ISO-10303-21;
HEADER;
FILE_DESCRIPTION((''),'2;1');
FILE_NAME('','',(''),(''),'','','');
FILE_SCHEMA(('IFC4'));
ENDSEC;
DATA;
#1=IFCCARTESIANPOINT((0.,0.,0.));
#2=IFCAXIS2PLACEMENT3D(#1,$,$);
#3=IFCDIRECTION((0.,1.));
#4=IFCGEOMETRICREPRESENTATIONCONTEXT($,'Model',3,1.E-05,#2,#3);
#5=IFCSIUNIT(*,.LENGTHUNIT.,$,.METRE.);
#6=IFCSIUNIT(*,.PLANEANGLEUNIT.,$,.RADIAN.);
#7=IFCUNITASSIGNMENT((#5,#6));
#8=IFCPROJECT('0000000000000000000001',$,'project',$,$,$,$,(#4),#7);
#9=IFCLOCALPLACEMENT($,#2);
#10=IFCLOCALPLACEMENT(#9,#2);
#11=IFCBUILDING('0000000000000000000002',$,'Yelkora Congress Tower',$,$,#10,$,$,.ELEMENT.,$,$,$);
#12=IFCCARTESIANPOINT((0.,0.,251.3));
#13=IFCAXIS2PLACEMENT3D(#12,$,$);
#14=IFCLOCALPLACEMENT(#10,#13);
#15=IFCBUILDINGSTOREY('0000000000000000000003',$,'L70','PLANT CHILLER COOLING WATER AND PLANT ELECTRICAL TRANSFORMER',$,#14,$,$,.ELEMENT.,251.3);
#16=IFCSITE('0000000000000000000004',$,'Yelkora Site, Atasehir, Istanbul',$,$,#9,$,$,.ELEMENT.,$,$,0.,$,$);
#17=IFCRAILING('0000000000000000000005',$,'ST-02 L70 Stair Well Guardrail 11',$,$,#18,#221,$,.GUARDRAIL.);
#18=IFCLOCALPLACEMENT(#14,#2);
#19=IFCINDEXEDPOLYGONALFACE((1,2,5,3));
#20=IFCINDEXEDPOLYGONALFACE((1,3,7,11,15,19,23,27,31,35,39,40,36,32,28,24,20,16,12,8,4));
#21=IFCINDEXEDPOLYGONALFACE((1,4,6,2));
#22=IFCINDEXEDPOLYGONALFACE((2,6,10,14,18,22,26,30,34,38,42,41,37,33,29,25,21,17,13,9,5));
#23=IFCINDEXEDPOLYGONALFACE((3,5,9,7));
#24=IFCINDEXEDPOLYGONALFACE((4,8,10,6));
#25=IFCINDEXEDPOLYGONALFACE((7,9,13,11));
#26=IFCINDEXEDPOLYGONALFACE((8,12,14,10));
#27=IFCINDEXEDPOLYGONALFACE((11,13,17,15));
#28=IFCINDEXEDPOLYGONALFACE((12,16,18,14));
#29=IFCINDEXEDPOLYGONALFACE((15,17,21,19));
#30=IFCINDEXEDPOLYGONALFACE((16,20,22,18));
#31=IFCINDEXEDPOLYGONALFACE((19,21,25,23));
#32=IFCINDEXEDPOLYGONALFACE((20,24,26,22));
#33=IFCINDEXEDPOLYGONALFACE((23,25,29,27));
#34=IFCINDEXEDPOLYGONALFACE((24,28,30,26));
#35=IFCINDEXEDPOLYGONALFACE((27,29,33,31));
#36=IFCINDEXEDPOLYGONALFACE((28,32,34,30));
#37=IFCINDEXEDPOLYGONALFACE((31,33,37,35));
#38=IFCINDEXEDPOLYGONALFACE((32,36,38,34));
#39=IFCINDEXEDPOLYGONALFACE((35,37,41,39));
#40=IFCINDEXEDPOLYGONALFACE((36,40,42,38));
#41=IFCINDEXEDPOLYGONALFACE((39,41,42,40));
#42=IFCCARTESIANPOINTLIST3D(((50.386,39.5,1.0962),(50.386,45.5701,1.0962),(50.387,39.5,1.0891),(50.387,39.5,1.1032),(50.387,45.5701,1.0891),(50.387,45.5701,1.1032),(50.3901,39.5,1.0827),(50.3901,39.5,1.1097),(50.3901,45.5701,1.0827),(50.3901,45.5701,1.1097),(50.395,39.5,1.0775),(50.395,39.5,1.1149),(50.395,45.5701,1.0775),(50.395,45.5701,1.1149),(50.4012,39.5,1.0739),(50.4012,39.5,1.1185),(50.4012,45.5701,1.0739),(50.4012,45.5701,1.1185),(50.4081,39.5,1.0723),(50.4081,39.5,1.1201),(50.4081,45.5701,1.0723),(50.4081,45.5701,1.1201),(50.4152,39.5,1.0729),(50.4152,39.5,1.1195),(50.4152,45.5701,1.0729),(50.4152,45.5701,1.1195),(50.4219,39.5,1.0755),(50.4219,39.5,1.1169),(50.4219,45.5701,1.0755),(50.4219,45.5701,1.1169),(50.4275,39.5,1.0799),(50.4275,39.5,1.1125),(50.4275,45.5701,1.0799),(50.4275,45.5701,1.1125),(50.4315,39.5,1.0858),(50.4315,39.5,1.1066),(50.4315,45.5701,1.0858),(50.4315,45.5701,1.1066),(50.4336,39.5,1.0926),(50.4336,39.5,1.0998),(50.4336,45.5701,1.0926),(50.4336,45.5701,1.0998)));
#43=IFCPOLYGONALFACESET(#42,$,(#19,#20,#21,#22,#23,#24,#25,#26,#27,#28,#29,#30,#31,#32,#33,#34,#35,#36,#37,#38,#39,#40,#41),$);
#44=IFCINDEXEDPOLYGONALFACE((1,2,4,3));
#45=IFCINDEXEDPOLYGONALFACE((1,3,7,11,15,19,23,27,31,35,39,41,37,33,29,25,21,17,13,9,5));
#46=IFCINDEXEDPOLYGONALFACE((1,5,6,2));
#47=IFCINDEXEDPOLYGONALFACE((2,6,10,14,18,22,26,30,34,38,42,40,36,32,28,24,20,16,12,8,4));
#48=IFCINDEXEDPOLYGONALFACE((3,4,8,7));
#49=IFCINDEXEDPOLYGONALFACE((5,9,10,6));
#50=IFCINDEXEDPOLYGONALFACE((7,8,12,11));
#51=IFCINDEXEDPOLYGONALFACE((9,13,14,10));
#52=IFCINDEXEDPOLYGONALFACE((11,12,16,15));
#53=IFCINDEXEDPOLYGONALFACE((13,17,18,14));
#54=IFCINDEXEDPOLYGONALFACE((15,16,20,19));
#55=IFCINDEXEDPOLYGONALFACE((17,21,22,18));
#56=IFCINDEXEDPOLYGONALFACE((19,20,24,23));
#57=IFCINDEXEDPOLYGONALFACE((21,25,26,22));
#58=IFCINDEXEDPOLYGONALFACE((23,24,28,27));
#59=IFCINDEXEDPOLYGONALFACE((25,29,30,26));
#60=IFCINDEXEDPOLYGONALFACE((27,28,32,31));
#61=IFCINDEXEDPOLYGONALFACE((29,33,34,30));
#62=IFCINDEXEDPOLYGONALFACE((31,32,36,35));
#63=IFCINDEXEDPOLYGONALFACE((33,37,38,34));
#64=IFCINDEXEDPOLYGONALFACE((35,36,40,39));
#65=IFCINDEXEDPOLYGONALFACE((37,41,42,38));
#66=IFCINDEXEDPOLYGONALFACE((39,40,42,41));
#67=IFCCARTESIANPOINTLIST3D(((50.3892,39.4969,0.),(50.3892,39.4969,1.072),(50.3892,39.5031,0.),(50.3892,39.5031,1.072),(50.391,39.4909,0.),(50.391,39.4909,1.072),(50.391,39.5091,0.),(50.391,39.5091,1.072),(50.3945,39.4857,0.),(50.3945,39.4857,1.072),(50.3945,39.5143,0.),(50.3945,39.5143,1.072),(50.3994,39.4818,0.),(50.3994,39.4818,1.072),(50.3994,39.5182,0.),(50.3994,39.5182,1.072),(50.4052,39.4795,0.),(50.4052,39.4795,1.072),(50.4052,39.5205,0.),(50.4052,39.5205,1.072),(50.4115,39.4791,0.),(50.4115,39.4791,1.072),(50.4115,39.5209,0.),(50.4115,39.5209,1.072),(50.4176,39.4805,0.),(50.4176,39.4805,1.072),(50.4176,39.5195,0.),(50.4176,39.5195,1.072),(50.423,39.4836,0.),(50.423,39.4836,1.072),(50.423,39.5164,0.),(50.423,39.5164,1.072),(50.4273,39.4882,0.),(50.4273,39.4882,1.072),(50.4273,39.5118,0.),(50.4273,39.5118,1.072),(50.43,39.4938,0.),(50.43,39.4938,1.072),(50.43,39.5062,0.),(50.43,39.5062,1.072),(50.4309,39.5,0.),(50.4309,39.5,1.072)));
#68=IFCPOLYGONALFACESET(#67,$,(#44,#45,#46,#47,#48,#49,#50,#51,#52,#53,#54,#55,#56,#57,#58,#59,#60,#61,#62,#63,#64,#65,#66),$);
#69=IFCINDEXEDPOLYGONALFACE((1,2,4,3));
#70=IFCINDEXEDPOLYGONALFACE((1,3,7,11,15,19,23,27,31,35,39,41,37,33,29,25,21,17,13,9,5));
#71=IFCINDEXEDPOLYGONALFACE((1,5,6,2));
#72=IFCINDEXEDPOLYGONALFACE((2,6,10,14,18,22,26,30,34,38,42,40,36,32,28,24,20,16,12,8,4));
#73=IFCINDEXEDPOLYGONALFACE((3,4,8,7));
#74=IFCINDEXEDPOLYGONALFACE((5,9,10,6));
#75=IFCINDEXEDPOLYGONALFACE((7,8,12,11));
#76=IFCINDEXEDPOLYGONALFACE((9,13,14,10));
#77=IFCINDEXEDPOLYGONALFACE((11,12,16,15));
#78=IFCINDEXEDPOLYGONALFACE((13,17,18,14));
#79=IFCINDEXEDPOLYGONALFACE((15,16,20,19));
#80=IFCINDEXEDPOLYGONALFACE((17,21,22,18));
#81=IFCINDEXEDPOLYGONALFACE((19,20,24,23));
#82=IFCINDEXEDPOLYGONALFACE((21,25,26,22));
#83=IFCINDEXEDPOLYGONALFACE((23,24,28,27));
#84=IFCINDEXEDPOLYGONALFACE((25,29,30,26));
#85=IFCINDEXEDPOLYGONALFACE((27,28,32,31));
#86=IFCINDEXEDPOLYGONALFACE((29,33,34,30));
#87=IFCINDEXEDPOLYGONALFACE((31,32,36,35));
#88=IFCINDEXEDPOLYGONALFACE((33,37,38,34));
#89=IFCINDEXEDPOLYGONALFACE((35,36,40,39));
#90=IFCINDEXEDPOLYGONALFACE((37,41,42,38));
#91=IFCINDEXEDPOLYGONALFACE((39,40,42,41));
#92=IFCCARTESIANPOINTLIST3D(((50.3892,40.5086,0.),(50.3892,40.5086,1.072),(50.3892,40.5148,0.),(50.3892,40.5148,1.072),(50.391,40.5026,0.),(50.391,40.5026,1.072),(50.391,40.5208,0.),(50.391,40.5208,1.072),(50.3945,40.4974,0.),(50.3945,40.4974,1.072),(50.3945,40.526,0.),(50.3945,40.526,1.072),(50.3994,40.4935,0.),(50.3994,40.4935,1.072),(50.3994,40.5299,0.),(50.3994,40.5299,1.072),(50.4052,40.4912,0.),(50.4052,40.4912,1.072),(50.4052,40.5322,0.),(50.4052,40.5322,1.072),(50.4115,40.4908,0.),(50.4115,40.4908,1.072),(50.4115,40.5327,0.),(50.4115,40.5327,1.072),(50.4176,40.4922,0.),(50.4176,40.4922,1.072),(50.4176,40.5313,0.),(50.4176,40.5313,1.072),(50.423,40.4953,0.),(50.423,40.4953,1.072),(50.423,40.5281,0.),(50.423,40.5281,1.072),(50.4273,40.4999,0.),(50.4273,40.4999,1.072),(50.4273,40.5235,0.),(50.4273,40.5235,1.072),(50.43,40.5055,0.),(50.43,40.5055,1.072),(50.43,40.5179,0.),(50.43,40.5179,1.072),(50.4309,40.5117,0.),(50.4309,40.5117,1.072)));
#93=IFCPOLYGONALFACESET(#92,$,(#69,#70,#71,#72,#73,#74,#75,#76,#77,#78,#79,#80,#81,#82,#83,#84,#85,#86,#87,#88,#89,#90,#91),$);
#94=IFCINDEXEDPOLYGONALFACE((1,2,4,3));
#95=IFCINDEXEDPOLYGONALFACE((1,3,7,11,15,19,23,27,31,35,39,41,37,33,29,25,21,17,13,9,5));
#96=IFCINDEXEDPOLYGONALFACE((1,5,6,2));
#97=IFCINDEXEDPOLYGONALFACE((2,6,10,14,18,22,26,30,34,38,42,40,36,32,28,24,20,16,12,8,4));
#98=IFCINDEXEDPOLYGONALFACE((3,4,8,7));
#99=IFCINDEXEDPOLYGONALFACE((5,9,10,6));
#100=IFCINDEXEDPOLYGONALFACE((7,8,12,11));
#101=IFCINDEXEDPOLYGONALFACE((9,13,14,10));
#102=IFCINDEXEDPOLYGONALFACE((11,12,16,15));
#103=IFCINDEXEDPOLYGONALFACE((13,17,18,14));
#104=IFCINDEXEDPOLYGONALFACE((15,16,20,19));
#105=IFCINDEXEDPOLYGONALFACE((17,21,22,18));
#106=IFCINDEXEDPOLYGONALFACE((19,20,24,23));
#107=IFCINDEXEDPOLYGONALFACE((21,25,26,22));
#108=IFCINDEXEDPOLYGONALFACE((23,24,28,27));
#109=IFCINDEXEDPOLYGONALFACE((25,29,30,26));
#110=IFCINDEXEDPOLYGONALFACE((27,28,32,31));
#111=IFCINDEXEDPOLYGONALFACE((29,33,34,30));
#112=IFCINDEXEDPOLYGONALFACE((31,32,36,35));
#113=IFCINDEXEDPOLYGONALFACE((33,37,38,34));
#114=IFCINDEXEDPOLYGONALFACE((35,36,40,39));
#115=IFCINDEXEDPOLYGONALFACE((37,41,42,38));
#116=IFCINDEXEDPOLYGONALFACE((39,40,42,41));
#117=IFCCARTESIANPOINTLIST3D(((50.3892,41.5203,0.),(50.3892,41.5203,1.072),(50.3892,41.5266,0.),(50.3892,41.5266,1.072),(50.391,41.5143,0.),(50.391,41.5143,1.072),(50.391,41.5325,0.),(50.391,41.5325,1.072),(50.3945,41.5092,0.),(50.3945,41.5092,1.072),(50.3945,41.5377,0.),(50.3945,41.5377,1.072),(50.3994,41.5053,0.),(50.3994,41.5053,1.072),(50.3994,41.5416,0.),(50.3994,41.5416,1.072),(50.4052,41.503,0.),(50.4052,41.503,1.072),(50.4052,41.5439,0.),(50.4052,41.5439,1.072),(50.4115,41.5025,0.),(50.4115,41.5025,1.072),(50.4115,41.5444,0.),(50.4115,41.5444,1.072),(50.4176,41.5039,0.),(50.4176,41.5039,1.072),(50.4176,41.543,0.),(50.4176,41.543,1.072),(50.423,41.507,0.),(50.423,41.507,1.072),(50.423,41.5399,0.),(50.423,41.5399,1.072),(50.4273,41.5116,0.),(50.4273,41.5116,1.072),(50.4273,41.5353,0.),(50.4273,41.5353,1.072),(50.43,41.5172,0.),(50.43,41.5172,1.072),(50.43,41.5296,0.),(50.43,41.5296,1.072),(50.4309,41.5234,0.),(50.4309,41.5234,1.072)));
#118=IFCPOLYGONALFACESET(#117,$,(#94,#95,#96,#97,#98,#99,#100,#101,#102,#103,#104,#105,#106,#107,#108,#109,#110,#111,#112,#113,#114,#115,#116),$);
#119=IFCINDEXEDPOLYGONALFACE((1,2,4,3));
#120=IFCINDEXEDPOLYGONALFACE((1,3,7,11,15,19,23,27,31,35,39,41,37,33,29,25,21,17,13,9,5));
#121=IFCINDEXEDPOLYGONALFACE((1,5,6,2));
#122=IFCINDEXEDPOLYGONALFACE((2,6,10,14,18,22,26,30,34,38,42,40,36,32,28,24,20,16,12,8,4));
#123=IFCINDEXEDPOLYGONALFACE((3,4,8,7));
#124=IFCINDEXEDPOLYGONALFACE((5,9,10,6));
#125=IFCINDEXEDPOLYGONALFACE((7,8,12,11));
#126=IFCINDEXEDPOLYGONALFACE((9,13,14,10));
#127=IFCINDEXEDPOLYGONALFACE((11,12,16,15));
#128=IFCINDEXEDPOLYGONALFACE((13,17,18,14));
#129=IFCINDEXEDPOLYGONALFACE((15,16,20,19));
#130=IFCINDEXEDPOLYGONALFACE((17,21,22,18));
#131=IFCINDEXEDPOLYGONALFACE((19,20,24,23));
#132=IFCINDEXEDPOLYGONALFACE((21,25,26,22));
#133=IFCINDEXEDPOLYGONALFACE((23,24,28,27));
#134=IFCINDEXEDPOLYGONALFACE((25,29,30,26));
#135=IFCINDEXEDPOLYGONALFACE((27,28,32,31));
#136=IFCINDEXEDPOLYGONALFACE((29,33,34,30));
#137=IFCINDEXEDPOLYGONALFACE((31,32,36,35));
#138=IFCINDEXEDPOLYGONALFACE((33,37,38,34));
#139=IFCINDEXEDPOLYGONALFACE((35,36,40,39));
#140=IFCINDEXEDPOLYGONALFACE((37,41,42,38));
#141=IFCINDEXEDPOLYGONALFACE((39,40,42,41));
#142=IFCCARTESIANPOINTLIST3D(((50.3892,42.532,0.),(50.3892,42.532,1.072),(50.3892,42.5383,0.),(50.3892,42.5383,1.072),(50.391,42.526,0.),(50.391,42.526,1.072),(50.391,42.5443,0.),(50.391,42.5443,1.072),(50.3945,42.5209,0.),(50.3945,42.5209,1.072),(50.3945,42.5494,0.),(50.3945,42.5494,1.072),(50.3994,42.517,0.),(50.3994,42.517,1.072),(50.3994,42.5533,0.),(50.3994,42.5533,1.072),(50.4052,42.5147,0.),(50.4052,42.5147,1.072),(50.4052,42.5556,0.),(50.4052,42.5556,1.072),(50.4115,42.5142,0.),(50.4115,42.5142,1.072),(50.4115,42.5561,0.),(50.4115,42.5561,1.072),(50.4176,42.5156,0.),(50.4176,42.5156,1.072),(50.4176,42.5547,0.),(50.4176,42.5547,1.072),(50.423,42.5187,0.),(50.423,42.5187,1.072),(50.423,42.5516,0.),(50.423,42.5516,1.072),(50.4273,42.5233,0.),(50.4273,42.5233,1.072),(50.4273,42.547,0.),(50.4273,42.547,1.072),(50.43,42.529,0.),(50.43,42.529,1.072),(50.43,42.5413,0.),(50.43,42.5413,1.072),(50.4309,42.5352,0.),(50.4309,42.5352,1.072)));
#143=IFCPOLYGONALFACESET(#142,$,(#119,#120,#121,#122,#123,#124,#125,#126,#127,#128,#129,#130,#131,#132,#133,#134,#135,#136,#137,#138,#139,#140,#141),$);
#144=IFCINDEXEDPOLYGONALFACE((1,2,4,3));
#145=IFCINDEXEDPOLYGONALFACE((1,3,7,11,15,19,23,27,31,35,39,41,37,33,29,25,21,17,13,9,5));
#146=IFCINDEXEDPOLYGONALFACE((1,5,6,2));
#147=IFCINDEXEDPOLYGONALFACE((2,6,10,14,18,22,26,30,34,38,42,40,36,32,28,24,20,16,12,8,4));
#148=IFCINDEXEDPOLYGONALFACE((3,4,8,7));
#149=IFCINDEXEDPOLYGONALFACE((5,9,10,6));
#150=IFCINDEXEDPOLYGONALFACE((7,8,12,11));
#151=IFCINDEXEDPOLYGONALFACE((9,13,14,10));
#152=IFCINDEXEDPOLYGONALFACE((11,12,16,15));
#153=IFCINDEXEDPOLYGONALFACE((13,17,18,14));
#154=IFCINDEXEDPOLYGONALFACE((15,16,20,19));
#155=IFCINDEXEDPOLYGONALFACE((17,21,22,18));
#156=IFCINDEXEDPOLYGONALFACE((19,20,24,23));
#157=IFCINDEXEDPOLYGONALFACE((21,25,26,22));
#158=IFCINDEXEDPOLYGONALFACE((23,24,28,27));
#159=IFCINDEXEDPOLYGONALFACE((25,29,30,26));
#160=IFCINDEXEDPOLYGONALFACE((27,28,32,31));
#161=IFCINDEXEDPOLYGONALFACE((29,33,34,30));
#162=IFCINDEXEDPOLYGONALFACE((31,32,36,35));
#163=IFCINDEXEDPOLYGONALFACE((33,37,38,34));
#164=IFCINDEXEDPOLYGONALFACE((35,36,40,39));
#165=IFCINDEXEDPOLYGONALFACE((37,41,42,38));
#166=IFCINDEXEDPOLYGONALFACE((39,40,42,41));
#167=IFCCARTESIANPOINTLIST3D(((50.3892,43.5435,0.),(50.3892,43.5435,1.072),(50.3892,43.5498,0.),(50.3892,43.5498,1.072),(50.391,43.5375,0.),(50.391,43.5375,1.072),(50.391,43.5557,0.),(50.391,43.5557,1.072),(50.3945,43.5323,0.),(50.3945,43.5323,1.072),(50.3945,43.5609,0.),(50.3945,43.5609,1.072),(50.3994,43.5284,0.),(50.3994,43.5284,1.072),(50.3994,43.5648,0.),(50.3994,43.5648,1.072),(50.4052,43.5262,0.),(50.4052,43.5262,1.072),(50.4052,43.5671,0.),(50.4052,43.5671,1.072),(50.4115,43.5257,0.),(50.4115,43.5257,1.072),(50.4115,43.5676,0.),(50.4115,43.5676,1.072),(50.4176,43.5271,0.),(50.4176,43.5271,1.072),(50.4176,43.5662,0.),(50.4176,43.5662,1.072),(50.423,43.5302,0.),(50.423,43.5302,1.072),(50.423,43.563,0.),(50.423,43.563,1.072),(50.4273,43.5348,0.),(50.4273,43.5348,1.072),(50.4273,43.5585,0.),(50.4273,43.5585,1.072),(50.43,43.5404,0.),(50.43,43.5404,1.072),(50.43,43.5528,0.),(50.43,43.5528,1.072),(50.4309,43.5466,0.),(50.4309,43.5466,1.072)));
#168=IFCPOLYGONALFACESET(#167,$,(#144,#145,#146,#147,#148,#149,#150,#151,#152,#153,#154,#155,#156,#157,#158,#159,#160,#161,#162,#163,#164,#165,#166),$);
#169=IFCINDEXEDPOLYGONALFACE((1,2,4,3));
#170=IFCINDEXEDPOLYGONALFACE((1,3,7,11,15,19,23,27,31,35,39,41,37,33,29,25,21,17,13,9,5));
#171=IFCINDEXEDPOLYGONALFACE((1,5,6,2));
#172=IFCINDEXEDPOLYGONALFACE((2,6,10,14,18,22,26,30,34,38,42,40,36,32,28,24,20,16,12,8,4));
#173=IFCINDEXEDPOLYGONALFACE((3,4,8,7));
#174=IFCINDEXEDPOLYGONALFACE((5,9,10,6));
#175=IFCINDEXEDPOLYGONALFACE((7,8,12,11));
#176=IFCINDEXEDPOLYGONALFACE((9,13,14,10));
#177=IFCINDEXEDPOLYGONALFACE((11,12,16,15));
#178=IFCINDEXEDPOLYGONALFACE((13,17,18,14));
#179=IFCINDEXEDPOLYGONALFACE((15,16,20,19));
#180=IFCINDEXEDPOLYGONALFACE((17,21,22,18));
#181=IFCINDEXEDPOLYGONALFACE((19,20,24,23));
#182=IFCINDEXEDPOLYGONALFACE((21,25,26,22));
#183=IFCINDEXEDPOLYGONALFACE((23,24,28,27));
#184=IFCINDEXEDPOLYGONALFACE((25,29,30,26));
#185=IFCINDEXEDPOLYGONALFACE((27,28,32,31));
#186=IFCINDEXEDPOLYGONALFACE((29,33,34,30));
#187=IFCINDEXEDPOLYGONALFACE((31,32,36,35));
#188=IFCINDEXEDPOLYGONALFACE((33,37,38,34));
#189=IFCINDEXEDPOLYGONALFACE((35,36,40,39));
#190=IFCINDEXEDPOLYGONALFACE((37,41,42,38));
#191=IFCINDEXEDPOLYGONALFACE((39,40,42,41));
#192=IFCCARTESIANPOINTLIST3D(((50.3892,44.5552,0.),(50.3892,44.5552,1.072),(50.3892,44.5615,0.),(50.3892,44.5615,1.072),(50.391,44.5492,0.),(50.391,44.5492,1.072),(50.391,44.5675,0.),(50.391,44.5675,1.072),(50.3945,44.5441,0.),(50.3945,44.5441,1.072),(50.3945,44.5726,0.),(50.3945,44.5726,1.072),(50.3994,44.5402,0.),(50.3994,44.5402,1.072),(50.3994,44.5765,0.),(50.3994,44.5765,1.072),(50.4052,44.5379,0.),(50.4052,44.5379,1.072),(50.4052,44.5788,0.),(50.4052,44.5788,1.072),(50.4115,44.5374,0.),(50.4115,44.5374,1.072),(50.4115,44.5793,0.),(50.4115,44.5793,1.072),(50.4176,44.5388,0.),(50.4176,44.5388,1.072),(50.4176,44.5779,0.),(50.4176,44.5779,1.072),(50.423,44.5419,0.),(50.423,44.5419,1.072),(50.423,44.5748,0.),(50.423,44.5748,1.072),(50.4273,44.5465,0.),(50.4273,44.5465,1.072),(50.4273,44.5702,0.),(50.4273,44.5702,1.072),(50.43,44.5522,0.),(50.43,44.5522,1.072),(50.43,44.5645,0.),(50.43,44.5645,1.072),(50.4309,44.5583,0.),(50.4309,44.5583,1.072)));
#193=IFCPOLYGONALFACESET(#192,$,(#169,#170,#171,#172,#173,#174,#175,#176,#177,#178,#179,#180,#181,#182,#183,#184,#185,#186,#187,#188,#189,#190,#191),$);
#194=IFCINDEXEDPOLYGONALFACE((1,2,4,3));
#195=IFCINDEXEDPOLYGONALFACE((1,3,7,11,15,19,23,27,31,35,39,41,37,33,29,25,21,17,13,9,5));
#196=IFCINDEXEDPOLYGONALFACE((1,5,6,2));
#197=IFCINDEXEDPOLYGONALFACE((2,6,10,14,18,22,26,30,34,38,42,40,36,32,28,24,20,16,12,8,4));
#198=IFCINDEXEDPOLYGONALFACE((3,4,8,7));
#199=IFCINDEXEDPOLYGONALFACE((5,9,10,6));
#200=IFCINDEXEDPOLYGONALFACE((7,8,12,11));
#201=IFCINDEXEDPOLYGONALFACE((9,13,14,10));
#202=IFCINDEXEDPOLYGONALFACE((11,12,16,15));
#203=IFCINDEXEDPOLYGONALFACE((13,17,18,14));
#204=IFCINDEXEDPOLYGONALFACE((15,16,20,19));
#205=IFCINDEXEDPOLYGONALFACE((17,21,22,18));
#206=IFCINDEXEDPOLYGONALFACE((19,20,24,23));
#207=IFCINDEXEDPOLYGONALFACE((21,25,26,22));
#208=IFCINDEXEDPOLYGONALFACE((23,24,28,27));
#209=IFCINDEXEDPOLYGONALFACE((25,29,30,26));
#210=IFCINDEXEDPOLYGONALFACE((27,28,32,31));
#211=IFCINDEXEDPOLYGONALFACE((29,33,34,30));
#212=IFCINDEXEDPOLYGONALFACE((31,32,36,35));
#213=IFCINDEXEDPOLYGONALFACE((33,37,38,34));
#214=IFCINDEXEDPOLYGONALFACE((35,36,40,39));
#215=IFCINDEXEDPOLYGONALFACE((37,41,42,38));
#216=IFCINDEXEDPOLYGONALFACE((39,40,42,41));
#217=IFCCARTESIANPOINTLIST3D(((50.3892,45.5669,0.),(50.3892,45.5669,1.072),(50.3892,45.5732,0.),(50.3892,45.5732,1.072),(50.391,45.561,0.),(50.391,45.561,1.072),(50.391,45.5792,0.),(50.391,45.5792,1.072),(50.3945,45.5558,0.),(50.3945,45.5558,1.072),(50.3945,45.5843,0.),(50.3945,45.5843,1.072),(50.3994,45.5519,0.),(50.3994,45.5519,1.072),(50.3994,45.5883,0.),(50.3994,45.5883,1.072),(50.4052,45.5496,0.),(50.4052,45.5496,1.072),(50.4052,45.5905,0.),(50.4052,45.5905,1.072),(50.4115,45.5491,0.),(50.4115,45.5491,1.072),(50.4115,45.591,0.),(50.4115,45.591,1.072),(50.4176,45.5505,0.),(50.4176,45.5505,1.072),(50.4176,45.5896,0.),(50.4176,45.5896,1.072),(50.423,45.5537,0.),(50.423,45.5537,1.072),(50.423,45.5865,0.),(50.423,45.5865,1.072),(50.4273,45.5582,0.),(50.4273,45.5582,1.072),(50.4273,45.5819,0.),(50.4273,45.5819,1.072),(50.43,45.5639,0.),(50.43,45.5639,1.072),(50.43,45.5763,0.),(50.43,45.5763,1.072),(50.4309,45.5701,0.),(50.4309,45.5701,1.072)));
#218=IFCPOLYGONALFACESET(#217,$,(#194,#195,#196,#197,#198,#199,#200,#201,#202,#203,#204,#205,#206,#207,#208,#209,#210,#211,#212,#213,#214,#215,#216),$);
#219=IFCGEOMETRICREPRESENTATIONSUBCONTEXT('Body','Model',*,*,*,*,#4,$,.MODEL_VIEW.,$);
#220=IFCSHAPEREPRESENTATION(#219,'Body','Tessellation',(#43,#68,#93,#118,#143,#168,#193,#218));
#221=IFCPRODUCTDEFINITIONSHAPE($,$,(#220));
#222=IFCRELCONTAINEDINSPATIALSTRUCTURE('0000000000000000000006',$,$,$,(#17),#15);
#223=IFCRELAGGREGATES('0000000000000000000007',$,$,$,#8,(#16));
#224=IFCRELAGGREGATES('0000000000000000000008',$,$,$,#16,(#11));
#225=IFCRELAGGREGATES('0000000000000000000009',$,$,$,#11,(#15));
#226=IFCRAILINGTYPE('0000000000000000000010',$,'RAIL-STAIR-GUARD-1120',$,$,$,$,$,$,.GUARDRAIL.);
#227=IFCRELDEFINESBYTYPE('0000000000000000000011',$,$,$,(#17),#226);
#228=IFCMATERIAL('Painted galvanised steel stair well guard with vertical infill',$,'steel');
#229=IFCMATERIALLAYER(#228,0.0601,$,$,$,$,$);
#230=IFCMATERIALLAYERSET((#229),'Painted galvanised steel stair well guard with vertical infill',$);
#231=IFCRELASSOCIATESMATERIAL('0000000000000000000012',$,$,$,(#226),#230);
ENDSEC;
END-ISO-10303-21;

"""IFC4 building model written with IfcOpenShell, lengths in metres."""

from ifc_helpers import new_model, si_unit, direction, frame, origin, origin_2d, place, context, subcontext, project, spatial, circle, extrude, material, layer, layer_set, type_object, element, save


model = new_model("IFC4")

# Units and contexts
model_context = context("Model", 3, precision=1e-05, world=origin(), true_north=direction((0.0, 1.0)))
body_context = subcontext(model_context, "Body", "Model", "MODEL_VIEW")
ifc_project = project(units=[si_unit("LENGTHUNIT", "METRE"), si_unit("PLANEANGLEUNIT", "RADIAN")], contexts=[model_context])

# Site, building, storey
site_placement = place(None, origin())
site = spatial("IfcSite", under=ifc_project, at=site_placement, Name="Yelkora Site, Atasehir, Istanbul", CompositionType="ELEMENT", RefElevation=0.0)
building_placement = place(site_placement, origin())
building = spatial("IfcBuilding", under=site, at=building_placement, Name="Yelkora Congress Tower", CompositionType="ELEMENT")
storey_placement = place(building_placement, frame((0.0, 0.0, 251.3)))
storey = spatial("IfcBuildingStorey", under=building, at=storey_placement, Name="L70", Description="PLANT CHILLER COOLING WATER AND PLANT ELECTRICAL TRANSFORMER", CompositionType="ELEMENT", Elevation=251.3)

# Railing
ifc_material_1 = material(Name="Painted galvanised steel stair well guard with vertical infill", Category="steel")
ifc_layer_1 = layer(ifc_material_1, 0.0601)
ifc_layer_set_1 = layer_set([ifc_layer_1], Name="Painted galvanised steel stair well guard with vertical infill")
railing_type_1 = type_object("IfcRailingType", Name="RAIL-STAIR-GUARD-1120", PredefinedType="GUARDRAIL", material=ifc_layer_set_1)
railing_1_placement = place(storey_placement, frame((50.4099, 39.5, 0.0)))
element("IfcRailing", 1, at=railing_1_placement, inside=storey, type_object=railing_type_1, Name="ST-02 L70 Stair Well Guardrail 11", PredefinedType="GUARDRAIL", context=body_context, shape_type="SweptSolid", body=[
    extrude(circle(Radius=0.0239, at=origin_2d()), frame((0.0, 0.0, 1.0962), z_axis=(0.0, 1.0, 0.0), x_axis=(-1.0, 0.0, 0.0)), (0.0, 0.0, 1.0), 6.0701),
    extrude(circle(Radius=0.021, at=origin_2d()), origin(), (0.0, 0.0, 1.0), 1.072),
    extrude(circle(Radius=0.021, at=origin_2d()), frame((0.0, 1.0117, 0.0)), (0.0, 0.0, 1.0), 1.072),
    extrude(circle(Radius=0.021, at=origin_2d()), frame((0.0, 2.0234, 0.0)), (0.0, 0.0, 1.0), 1.072),
    extrude(circle(Radius=0.021, at=origin_2d()), frame((0.0, 3.0352, 0.0)), (0.0, 0.0, 1.0), 1.072),
    extrude(circle(Radius=0.021, at=origin_2d()), frame((0.0, 4.0466, 0.0)), (0.0, 0.0, 1.0), 1.072),
    extrude(circle(Radius=0.021, at=origin_2d()), frame((0.0, 5.0583, 0.0)), (0.0, 0.0, 1.0), 1.072),
    extrude(circle(Radius=0.021, at=origin_2d()), frame((0.0, 6.0701, 0.0)), (0.0, 0.0, 1.0), 1.072),
])

save(model, "model.ifc")
